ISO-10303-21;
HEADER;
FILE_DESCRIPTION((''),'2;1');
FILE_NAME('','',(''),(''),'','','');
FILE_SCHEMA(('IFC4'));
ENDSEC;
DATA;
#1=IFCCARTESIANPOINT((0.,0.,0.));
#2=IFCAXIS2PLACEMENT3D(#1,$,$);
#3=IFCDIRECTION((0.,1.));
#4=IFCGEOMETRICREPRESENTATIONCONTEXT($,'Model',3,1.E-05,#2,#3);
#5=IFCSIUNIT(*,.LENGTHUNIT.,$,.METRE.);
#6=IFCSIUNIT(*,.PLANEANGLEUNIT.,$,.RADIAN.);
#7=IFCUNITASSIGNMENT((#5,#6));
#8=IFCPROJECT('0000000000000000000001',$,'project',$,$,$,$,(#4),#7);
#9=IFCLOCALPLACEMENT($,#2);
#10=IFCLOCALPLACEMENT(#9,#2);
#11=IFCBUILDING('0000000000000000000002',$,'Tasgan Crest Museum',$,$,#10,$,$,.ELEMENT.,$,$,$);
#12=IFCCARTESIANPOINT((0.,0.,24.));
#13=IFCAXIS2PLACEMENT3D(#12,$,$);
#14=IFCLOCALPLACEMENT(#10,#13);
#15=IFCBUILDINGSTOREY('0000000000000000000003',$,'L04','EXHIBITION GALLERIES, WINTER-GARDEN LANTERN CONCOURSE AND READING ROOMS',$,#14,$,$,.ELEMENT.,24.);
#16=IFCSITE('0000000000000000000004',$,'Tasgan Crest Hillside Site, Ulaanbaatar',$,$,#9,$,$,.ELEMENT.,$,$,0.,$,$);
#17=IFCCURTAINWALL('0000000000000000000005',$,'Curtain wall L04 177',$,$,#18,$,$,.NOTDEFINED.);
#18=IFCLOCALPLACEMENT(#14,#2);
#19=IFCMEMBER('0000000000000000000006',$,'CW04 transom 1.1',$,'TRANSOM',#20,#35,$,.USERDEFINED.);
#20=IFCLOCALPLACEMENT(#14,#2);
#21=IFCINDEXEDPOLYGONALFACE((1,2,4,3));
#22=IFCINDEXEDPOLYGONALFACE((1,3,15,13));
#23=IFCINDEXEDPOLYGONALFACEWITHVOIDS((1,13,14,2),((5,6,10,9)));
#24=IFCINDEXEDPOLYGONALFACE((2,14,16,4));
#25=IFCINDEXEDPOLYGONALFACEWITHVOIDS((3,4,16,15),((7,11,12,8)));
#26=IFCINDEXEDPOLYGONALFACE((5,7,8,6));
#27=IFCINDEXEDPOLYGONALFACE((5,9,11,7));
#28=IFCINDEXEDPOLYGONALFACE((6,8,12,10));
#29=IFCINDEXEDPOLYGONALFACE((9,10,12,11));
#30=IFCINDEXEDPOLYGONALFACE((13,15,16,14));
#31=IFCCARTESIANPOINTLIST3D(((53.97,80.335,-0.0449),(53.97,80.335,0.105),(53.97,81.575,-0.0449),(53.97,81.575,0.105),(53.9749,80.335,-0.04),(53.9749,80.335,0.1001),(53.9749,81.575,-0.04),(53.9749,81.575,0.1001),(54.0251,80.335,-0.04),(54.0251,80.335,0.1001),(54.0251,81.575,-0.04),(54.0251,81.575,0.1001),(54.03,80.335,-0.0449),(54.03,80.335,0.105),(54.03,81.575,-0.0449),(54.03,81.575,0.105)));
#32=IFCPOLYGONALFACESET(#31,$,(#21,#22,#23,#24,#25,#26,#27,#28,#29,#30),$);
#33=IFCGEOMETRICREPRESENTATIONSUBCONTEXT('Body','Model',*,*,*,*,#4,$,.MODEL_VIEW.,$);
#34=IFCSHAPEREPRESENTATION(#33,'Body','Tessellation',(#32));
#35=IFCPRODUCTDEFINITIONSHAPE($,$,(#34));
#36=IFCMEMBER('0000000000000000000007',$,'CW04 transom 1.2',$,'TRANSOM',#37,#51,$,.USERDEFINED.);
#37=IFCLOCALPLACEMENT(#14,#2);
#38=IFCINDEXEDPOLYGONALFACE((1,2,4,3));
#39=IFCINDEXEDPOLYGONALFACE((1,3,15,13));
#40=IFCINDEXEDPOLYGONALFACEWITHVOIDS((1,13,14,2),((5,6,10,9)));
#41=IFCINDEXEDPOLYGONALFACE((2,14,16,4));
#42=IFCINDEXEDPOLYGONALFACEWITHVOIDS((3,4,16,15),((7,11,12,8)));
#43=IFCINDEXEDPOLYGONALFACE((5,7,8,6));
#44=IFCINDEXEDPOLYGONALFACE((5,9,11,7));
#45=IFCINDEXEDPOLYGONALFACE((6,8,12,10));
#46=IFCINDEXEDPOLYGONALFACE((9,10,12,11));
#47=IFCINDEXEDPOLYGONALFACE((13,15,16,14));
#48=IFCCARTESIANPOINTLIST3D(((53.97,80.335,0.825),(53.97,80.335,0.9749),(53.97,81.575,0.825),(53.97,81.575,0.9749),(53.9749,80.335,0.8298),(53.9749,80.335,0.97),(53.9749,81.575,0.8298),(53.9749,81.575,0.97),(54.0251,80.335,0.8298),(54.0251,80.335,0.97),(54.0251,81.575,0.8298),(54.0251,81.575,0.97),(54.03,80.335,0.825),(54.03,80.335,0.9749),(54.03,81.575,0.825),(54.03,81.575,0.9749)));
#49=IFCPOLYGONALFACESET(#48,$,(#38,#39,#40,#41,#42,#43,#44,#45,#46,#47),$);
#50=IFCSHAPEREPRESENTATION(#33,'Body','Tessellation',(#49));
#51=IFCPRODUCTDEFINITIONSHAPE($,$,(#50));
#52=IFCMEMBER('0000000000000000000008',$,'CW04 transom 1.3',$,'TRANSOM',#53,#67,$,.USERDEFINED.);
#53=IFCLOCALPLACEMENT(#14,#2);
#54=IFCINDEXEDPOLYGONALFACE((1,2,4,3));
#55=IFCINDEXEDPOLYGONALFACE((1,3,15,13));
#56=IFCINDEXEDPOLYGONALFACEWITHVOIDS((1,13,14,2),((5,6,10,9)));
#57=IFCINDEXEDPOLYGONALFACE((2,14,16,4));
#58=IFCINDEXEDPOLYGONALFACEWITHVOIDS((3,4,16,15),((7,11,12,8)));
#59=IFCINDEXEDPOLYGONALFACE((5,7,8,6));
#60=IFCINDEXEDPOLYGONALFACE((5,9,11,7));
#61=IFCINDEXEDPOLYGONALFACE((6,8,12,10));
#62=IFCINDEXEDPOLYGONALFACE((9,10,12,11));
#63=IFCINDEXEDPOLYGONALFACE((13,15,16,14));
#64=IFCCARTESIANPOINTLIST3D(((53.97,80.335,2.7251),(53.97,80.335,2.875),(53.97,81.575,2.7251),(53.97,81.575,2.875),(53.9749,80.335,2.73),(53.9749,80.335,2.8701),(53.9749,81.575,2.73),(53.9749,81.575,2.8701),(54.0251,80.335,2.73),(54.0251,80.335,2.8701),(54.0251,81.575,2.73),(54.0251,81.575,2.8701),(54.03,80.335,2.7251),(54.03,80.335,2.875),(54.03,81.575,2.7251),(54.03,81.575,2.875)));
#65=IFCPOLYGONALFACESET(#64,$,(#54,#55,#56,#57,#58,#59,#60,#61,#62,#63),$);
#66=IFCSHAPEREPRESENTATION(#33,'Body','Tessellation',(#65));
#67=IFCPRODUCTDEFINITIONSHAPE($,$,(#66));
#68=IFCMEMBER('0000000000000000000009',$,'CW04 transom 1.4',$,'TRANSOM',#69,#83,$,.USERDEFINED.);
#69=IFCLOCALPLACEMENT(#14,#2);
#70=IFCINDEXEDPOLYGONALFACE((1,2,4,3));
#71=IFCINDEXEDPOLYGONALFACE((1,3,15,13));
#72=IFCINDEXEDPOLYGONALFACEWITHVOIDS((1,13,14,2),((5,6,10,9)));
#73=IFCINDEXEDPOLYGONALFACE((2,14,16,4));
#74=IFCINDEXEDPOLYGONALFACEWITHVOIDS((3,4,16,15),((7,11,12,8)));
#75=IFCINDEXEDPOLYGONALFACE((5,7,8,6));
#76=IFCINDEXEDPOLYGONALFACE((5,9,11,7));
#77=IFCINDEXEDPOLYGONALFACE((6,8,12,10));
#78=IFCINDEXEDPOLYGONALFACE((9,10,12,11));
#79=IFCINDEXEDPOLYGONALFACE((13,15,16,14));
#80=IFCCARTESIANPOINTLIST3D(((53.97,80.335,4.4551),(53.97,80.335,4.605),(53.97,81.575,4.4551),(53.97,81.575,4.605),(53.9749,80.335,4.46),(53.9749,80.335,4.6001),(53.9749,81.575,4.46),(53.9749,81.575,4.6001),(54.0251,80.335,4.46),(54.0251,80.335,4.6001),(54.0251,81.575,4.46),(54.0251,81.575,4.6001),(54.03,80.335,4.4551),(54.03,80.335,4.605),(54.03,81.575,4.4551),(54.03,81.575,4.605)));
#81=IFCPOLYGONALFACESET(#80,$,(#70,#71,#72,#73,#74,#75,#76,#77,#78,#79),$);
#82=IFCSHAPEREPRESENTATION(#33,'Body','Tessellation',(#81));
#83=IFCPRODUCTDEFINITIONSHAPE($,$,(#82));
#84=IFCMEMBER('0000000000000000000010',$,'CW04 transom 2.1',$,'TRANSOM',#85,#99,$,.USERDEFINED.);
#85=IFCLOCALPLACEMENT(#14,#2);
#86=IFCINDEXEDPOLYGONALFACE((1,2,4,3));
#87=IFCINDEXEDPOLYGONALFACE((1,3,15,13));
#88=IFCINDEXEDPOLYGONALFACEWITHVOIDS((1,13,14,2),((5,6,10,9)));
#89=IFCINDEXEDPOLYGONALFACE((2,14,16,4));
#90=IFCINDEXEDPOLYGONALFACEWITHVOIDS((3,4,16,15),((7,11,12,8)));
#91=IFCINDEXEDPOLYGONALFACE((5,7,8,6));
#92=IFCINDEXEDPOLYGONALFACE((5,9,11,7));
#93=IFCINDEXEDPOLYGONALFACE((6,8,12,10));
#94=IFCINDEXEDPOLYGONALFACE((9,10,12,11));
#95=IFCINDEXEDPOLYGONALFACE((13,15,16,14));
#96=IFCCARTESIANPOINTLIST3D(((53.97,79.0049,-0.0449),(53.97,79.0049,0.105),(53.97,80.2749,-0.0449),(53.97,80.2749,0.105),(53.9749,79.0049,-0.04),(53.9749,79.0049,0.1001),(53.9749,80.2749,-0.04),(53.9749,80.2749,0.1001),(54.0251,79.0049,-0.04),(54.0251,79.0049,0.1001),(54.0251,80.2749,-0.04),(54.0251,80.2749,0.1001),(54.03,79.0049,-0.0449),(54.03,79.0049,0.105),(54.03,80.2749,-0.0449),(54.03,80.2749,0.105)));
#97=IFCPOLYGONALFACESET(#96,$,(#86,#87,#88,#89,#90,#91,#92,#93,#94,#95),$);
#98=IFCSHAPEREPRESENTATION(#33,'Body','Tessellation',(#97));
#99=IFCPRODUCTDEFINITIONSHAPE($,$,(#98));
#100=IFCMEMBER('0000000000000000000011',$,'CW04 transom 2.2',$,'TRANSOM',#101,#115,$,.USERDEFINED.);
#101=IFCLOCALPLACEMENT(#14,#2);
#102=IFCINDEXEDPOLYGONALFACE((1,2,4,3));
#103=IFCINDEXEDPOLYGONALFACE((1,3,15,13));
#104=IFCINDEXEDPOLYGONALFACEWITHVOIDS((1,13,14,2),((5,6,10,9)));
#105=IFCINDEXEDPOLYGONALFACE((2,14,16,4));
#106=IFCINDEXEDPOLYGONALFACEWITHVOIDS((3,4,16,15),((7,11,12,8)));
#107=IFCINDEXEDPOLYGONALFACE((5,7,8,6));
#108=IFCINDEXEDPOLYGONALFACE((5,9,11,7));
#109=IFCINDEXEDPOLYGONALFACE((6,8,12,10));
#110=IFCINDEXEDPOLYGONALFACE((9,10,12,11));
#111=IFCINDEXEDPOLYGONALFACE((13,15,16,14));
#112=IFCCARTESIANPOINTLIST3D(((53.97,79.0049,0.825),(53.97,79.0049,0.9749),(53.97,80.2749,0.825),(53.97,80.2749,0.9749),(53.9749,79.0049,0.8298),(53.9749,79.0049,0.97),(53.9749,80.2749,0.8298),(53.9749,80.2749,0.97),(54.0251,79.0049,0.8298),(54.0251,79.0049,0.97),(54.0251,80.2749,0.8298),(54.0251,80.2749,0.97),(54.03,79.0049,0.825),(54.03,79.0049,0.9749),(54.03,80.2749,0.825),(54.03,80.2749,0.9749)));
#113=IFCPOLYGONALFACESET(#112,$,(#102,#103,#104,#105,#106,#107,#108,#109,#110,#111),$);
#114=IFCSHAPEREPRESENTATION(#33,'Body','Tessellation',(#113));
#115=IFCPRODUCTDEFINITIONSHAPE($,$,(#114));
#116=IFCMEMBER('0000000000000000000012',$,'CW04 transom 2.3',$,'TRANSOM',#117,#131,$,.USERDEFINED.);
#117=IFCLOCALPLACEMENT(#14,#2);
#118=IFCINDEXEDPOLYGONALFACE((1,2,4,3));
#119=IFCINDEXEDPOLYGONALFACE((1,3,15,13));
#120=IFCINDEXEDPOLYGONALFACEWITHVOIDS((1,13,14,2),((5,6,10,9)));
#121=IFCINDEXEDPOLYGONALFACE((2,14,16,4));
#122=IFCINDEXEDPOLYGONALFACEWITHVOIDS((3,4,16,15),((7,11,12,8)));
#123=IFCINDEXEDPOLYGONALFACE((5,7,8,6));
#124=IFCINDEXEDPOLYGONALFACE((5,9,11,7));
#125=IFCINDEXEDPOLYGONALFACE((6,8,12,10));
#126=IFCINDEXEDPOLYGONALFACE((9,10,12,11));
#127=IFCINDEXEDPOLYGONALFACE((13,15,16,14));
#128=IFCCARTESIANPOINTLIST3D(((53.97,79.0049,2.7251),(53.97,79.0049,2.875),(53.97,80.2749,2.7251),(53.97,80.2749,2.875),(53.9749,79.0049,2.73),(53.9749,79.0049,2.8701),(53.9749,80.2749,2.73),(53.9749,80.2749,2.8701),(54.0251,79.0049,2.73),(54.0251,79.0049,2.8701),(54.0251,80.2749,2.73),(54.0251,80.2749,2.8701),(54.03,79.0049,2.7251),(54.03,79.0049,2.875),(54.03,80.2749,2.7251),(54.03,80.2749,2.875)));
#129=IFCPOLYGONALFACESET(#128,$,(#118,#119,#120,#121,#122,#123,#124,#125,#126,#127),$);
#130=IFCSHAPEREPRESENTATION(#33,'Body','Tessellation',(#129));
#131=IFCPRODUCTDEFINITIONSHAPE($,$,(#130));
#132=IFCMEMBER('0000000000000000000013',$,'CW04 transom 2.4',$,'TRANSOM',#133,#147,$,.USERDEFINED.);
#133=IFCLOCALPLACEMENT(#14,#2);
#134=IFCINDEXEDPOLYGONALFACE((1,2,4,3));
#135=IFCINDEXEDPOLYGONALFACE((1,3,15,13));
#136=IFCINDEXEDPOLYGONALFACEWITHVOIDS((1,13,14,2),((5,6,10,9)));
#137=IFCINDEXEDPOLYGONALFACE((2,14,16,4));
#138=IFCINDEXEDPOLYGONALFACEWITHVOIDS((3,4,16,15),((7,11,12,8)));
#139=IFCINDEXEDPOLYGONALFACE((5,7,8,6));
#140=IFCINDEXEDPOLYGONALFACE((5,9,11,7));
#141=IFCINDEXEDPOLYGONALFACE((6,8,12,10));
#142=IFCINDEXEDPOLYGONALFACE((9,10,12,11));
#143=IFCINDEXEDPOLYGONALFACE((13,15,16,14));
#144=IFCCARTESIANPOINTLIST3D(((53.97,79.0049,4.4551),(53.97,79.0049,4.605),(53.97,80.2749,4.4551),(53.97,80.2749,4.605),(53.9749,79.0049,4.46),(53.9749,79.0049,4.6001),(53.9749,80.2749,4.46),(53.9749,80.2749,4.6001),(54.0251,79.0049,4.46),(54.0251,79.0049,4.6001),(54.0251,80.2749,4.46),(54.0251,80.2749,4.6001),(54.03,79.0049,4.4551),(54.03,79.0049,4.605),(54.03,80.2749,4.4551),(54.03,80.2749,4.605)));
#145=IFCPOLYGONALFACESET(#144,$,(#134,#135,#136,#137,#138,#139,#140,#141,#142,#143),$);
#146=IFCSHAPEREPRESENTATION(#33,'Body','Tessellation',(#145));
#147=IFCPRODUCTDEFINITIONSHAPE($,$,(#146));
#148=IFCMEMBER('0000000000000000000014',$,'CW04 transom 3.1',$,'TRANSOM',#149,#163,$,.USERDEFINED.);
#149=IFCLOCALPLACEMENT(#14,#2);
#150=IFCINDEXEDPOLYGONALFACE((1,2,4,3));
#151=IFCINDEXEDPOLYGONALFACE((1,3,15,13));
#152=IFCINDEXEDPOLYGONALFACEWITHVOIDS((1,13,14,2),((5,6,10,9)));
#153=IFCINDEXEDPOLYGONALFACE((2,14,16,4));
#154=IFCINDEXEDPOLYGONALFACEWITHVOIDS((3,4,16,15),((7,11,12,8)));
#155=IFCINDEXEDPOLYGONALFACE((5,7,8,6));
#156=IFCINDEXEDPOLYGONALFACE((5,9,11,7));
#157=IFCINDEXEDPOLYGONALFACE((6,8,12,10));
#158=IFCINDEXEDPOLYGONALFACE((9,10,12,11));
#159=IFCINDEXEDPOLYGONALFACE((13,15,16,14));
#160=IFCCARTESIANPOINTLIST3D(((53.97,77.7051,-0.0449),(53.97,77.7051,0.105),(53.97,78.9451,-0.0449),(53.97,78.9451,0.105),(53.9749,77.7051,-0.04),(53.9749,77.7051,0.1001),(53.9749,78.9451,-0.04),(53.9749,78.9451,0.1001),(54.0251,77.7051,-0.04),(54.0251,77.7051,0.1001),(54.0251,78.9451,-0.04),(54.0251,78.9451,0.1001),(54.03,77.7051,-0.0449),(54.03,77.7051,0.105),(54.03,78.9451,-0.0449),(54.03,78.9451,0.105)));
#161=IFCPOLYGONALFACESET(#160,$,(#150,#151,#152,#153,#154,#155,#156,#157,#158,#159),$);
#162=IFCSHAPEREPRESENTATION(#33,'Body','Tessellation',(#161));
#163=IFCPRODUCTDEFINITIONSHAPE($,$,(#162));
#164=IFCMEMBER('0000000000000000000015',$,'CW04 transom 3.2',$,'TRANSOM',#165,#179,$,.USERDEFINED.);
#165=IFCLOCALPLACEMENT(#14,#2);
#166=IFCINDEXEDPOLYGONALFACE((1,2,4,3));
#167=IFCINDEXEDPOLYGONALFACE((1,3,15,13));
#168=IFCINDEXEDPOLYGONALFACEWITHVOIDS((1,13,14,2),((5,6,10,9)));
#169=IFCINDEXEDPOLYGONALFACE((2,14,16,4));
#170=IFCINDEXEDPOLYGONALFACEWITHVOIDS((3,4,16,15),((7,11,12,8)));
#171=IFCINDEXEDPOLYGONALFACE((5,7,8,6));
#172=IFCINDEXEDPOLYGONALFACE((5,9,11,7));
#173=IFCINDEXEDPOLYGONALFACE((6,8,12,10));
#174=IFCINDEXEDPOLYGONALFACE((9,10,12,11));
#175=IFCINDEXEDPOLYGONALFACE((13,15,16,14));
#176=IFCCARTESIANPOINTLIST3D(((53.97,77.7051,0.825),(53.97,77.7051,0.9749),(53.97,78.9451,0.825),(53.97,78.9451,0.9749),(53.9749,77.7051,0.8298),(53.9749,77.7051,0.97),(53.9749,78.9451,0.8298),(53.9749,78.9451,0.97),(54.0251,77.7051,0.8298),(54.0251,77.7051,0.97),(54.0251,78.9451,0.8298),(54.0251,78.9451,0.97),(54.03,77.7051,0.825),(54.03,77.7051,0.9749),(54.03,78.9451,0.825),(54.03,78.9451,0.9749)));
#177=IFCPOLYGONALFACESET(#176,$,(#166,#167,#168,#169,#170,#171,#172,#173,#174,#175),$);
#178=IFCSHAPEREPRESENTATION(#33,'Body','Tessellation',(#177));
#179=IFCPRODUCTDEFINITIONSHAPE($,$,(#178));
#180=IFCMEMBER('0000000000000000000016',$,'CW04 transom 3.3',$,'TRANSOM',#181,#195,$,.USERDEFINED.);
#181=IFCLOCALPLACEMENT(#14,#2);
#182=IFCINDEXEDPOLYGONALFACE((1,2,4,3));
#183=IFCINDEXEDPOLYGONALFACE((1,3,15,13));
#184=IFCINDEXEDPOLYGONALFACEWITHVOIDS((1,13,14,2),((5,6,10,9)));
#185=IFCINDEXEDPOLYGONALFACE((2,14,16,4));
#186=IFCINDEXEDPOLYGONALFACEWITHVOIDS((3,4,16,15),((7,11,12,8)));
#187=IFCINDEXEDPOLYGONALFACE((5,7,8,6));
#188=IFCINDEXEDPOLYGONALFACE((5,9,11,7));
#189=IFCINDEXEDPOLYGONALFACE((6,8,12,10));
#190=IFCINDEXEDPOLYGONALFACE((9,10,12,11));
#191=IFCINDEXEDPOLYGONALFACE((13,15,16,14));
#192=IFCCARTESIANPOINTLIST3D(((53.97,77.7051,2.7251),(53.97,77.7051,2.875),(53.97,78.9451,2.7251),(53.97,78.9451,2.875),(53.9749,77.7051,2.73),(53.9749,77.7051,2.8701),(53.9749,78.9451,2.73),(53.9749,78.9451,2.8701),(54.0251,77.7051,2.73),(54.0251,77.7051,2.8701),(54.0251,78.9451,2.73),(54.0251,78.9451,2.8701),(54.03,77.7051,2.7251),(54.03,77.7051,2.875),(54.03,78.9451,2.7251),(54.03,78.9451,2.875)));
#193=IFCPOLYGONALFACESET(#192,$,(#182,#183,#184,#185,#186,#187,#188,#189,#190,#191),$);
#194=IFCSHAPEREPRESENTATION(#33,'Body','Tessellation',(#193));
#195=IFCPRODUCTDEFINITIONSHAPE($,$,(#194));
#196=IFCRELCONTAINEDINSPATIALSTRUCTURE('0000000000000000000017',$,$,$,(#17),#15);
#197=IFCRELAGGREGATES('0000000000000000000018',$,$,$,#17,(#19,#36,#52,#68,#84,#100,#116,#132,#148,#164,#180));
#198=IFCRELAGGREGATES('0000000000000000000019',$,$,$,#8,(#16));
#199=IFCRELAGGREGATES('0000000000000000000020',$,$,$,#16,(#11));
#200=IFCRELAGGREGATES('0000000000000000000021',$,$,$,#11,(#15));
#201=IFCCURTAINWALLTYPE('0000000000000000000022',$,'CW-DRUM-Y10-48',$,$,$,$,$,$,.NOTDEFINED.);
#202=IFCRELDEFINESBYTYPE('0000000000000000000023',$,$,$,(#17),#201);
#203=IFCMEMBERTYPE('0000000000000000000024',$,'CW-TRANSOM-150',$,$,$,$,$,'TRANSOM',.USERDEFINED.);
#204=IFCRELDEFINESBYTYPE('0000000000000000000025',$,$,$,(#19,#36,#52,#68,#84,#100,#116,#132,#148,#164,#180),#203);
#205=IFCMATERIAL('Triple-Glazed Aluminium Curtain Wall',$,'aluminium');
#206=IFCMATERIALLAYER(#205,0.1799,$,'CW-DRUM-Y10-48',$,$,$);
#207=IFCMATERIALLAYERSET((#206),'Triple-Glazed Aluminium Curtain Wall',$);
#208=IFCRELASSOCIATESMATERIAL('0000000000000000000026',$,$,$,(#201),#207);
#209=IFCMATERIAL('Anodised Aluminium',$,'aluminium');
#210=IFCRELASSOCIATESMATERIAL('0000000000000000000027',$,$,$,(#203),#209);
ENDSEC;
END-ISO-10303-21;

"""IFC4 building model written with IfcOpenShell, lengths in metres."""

from ifc_helpers import new_model, si_unit, direction, frame, origin, origin_2d, place, context, subcontext, project, spatial, hollow_rectangle, extrude, material, layer, layer_set, material_profile, profile_set, type_object, element, aggregate, save


model = new_model("IFC4")

# Units and contexts
model_context = context("Model", 3, precision=1e-05, world=origin(), true_north=direction((0.0, 1.0)))
body_context = subcontext(model_context, "Body", "Model", "MODEL_VIEW")
ifc_project = project(units=[si_unit("LENGTHUNIT", "METRE"), si_unit("PLANEANGLEUNIT", "RADIAN")], contexts=[model_context])

# Site, building, storey
site_placement = place(None, origin())
site = spatial("IfcSite", under=ifc_project, at=site_placement, Name="Tasgan Crest Hillside Site, Ulaanbaatar", CompositionType="ELEMENT", RefElevation=0.0)
building_placement = place(site_placement, origin())
building = spatial("IfcBuilding", under=site, at=building_placement, Name="Tasgan Crest Museum", CompositionType="ELEMENT")
storey_placement = place(building_placement, frame((0.0, 0.0, 24.0)))
storey = spatial("IfcBuildingStorey", under=building, at=storey_placement, Name="L04", Description="EXHIBITION GALLERIES, WINTER-GARDEN LANTERN CONCOURSE AND READING ROOMS", CompositionType="ELEMENT", Elevation=24.0)

# Curtain wall
ifc_material_1 = material(Name="Triple-Glazed Aluminium Curtain Wall", Category="aluminium")
ifc_layer_1 = layer(ifc_material_1, 0.1799, Name="CW-DRUM-Y10-48")
ifc_layer_set_1 = layer_set([ifc_layer_1], Name="Triple-Glazed Aluminium Curtain Wall")
curtain_wall_type = type_object("IfcCurtainWallType", Name="CW-DRUM-Y10-48", PredefinedType="NOTDEFINED", material=ifc_layer_set_1)
curtain_wall_1_placement = place(storey_placement, origin())
curtain_wall_1 = element("IfcCurtainWall", 1, at=curtain_wall_1_placement, inside=storey, type_object=curtain_wall_type, Name="Curtain wall L04 177", PredefinedType="NOTDEFINED")

# Members
ifc_material_2 = material(Name="Anodised Aluminium", Category="aluminium")
ifc_material_profile_1 = material_profile(ifc_material_2, hollow_rectangle(XDim=0.0601, YDim=0.1499, WallThickness=0.0049, at=origin_2d()), Name="ALU TRANSOM 150x60x5")
ifc_profile_set_1 = profile_set([ifc_material_profile_1], Name="Anodised Aluminium")
member_type_1 = type_object("IfcMemberType", Name="CW-TRANSOM-150", ElementType="TRANSOM", PredefinedType="USERDEFINED", material=ifc_profile_set_1)
member_1_placement = place(storey_placement, frame((54.0, 81.575, 0.03), z_axis=(0.0, -1.0, 0.0), x_axis=(1.0, 0.0, 0.0)))
member_1 = element("IfcMember", 2, at=member_1_placement, type_object=member_type_1, Name="CW04 transom 1.1", ObjectType="TRANSOM", PredefinedType="USERDEFINED", context=body_context, shape_type="SweptSolid", body=[
    extrude(hollow_rectangle(XDim=0.0601, YDim=0.1499, WallThickness=0.0049, at=origin_2d()), origin(), (0.0, 0.0, 1.0), 1.24),
])
member_2_placement = place(storey_placement, frame((54.0, 81.575, 0.8999), z_axis=(0.0, -1.0, 0.0), x_axis=(1.0, 0.0, 0.0)))
member_2 = element("IfcMember", 3, at=member_2_placement, type_object=member_type_1, Name="CW04 transom 1.2", ObjectType="TRANSOM", PredefinedType="USERDEFINED", context=body_context, shape_type="SweptSolid", body=[
    extrude(hollow_rectangle(XDim=0.0601, YDim=0.1499, WallThickness=0.0049, at=origin_2d()), origin(), (0.0, 0.0, 1.0), 1.24),
])
member_3_placement = place(storey_placement, frame((54.0, 81.575, 2.8), z_axis=(0.0, -1.0, 0.0), x_axis=(1.0, 0.0, 0.0)))
member_3 = element("IfcMember", 4, at=member_3_placement, type_object=member_type_1, Name="CW04 transom 1.3", ObjectType="TRANSOM", PredefinedType="USERDEFINED", context=body_context, shape_type="SweptSolid", body=[
    extrude(hollow_rectangle(XDim=0.0601, YDim=0.1499, WallThickness=0.0049, at=origin_2d()), origin(), (0.0, 0.0, 1.0), 1.24),
])
member_4_placement = place(storey_placement, frame((54.0, 81.575, 4.53), z_axis=(0.0, -1.0, 0.0), x_axis=(1.0, 0.0, 0.0)))
member_4 = element("IfcMember", 5, at=member_4_placement, type_object=member_type_1, Name="CW04 transom 1.4", ObjectType="TRANSOM", PredefinedType="USERDEFINED", context=body_context, shape_type="SweptSolid", body=[
    extrude(hollow_rectangle(XDim=0.0601, YDim=0.1499, WallThickness=0.0049, at=origin_2d()), origin(), (0.0, 0.0, 1.0), 1.24),
])
member_5_placement = place(storey_placement, frame((54.0, 80.2749, 0.03), z_axis=(0.0, -1.0, 0.0), x_axis=(1.0, 0.0, 0.0)))
member_5 = element("IfcMember", 6, at=member_5_placement, type_object=member_type_1, Name="CW04 transom 2.1", ObjectType="TRANSOM", PredefinedType="USERDEFINED", context=body_context, shape_type="SweptSolid", body=[
    extrude(hollow_rectangle(XDim=0.0601, YDim=0.1499, WallThickness=0.0049, at=origin_2d()), origin(), (0.0, 0.0, 1.0), 1.27),
])
member_6_placement = place(storey_placement, frame((54.0, 80.2749, 0.8999), z_axis=(0.0, -1.0, 0.0), x_axis=(1.0, 0.0, 0.0)))
member_6 = element("IfcMember", 7, at=member_6_placement, type_object=member_type_1, Name="CW04 transom 2.2", ObjectType="TRANSOM", PredefinedType="USERDEFINED", context=body_context, shape_type="SweptSolid", body=[
    extrude(hollow_rectangle(XDim=0.0601, YDim=0.1499, WallThickness=0.0049, at=origin_2d()), origin(), (0.0, 0.0, 1.0), 1.27),
])
member_7_placement = place(storey_placement, frame((54.0, 80.2749, 2.8), z_axis=(0.0, -1.0, 0.0), x_axis=(1.0, 0.0, 0.0)))
member_7 = element("IfcMember", 8, at=member_7_placement, type_object=member_type_1, Name="CW04 transom 2.3", ObjectType="TRANSOM", PredefinedType="USERDEFINED", context=body_context, shape_type="SweptSolid", body=[
    extrude(hollow_rectangle(XDim=0.0601, YDim=0.1499, WallThickness=0.0049, at=origin_2d()), origin(), (0.0, 0.0, 1.0), 1.27),
])
member_8_placement = place(storey_placement, frame((54.0, 80.2749, 4.53), z_axis=(0.0, -1.0, 0.0), x_axis=(1.0, 0.0, 0.0)))
member_8 = element("IfcMember", 9, at=member_8_placement, type_object=member_type_1, Name="CW04 transom 2.4", ObjectType="TRANSOM", PredefinedType="USERDEFINED", context=body_context, shape_type="SweptSolid", body=[
    extrude(hollow_rectangle(XDim=0.0601, YDim=0.1499, WallThickness=0.0049, at=origin_2d()), origin(), (0.0, 0.0, 1.0), 1.27),
])
member_9_placement = place(storey_placement, frame((54.0, 78.9451, 0.03), z_axis=(0.0, -1.0, 0.0), x_axis=(1.0, 0.0, 0.0)))
member_9 = element("IfcMember", 10, at=member_9_placement, type_object=member_type_1, Name="CW04 transom 3.1", ObjectType="TRANSOM", PredefinedType="USERDEFINED", context=body_context, shape_type="SweptSolid", body=[
    extrude(hollow_rectangle(XDim=0.0601, YDim=0.1499, WallThickness=0.0049, at=origin_2d()), origin(), (0.0, 0.0, 1.0), 1.24),
])
member_10_placement = place(storey_placement, frame((54.0, 78.9451, 0.8999), z_axis=(0.0, -1.0, 0.0), x_axis=(1.0, 0.0, 0.0)))
member_10 = element("IfcMember", 11, at=member_10_placement, type_object=member_type_1, Name="CW04 transom 3.2", ObjectType="TRANSOM", PredefinedType="USERDEFINED", context=body_context, shape_type="SweptSolid", body=[
    extrude(hollow_rectangle(XDim=0.0601, YDim=0.1499, WallThickness=0.0049, at=origin_2d()), origin(), (0.0, 0.0, 1.0), 1.24),
])
member_11_placement = place(storey_placement, frame((54.0, 78.9451, 2.8), z_axis=(0.0, -1.0, 0.0), x_axis=(1.0, 0.0, 0.0)))
member_11 = element("IfcMember", 12, at=member_11_placement, type_object=member_type_1, Name="CW04 transom 3.3", ObjectType="TRANSOM", PredefinedType="USERDEFINED", context=body_context, shape_type="SweptSolid", body=[
    extrude(hollow_rectangle(XDim=0.0601, YDim=0.1499, WallThickness=0.0049, at=origin_2d()), origin(), (0.0, 0.0, 1.0), 1.24),
])

aggregate(curtain_wall_1, [member_1, member_2, member_3, member_4, member_5, member_6, member_7, member_8, member_9, member_10, member_11])

save(model, "model.ifc")
